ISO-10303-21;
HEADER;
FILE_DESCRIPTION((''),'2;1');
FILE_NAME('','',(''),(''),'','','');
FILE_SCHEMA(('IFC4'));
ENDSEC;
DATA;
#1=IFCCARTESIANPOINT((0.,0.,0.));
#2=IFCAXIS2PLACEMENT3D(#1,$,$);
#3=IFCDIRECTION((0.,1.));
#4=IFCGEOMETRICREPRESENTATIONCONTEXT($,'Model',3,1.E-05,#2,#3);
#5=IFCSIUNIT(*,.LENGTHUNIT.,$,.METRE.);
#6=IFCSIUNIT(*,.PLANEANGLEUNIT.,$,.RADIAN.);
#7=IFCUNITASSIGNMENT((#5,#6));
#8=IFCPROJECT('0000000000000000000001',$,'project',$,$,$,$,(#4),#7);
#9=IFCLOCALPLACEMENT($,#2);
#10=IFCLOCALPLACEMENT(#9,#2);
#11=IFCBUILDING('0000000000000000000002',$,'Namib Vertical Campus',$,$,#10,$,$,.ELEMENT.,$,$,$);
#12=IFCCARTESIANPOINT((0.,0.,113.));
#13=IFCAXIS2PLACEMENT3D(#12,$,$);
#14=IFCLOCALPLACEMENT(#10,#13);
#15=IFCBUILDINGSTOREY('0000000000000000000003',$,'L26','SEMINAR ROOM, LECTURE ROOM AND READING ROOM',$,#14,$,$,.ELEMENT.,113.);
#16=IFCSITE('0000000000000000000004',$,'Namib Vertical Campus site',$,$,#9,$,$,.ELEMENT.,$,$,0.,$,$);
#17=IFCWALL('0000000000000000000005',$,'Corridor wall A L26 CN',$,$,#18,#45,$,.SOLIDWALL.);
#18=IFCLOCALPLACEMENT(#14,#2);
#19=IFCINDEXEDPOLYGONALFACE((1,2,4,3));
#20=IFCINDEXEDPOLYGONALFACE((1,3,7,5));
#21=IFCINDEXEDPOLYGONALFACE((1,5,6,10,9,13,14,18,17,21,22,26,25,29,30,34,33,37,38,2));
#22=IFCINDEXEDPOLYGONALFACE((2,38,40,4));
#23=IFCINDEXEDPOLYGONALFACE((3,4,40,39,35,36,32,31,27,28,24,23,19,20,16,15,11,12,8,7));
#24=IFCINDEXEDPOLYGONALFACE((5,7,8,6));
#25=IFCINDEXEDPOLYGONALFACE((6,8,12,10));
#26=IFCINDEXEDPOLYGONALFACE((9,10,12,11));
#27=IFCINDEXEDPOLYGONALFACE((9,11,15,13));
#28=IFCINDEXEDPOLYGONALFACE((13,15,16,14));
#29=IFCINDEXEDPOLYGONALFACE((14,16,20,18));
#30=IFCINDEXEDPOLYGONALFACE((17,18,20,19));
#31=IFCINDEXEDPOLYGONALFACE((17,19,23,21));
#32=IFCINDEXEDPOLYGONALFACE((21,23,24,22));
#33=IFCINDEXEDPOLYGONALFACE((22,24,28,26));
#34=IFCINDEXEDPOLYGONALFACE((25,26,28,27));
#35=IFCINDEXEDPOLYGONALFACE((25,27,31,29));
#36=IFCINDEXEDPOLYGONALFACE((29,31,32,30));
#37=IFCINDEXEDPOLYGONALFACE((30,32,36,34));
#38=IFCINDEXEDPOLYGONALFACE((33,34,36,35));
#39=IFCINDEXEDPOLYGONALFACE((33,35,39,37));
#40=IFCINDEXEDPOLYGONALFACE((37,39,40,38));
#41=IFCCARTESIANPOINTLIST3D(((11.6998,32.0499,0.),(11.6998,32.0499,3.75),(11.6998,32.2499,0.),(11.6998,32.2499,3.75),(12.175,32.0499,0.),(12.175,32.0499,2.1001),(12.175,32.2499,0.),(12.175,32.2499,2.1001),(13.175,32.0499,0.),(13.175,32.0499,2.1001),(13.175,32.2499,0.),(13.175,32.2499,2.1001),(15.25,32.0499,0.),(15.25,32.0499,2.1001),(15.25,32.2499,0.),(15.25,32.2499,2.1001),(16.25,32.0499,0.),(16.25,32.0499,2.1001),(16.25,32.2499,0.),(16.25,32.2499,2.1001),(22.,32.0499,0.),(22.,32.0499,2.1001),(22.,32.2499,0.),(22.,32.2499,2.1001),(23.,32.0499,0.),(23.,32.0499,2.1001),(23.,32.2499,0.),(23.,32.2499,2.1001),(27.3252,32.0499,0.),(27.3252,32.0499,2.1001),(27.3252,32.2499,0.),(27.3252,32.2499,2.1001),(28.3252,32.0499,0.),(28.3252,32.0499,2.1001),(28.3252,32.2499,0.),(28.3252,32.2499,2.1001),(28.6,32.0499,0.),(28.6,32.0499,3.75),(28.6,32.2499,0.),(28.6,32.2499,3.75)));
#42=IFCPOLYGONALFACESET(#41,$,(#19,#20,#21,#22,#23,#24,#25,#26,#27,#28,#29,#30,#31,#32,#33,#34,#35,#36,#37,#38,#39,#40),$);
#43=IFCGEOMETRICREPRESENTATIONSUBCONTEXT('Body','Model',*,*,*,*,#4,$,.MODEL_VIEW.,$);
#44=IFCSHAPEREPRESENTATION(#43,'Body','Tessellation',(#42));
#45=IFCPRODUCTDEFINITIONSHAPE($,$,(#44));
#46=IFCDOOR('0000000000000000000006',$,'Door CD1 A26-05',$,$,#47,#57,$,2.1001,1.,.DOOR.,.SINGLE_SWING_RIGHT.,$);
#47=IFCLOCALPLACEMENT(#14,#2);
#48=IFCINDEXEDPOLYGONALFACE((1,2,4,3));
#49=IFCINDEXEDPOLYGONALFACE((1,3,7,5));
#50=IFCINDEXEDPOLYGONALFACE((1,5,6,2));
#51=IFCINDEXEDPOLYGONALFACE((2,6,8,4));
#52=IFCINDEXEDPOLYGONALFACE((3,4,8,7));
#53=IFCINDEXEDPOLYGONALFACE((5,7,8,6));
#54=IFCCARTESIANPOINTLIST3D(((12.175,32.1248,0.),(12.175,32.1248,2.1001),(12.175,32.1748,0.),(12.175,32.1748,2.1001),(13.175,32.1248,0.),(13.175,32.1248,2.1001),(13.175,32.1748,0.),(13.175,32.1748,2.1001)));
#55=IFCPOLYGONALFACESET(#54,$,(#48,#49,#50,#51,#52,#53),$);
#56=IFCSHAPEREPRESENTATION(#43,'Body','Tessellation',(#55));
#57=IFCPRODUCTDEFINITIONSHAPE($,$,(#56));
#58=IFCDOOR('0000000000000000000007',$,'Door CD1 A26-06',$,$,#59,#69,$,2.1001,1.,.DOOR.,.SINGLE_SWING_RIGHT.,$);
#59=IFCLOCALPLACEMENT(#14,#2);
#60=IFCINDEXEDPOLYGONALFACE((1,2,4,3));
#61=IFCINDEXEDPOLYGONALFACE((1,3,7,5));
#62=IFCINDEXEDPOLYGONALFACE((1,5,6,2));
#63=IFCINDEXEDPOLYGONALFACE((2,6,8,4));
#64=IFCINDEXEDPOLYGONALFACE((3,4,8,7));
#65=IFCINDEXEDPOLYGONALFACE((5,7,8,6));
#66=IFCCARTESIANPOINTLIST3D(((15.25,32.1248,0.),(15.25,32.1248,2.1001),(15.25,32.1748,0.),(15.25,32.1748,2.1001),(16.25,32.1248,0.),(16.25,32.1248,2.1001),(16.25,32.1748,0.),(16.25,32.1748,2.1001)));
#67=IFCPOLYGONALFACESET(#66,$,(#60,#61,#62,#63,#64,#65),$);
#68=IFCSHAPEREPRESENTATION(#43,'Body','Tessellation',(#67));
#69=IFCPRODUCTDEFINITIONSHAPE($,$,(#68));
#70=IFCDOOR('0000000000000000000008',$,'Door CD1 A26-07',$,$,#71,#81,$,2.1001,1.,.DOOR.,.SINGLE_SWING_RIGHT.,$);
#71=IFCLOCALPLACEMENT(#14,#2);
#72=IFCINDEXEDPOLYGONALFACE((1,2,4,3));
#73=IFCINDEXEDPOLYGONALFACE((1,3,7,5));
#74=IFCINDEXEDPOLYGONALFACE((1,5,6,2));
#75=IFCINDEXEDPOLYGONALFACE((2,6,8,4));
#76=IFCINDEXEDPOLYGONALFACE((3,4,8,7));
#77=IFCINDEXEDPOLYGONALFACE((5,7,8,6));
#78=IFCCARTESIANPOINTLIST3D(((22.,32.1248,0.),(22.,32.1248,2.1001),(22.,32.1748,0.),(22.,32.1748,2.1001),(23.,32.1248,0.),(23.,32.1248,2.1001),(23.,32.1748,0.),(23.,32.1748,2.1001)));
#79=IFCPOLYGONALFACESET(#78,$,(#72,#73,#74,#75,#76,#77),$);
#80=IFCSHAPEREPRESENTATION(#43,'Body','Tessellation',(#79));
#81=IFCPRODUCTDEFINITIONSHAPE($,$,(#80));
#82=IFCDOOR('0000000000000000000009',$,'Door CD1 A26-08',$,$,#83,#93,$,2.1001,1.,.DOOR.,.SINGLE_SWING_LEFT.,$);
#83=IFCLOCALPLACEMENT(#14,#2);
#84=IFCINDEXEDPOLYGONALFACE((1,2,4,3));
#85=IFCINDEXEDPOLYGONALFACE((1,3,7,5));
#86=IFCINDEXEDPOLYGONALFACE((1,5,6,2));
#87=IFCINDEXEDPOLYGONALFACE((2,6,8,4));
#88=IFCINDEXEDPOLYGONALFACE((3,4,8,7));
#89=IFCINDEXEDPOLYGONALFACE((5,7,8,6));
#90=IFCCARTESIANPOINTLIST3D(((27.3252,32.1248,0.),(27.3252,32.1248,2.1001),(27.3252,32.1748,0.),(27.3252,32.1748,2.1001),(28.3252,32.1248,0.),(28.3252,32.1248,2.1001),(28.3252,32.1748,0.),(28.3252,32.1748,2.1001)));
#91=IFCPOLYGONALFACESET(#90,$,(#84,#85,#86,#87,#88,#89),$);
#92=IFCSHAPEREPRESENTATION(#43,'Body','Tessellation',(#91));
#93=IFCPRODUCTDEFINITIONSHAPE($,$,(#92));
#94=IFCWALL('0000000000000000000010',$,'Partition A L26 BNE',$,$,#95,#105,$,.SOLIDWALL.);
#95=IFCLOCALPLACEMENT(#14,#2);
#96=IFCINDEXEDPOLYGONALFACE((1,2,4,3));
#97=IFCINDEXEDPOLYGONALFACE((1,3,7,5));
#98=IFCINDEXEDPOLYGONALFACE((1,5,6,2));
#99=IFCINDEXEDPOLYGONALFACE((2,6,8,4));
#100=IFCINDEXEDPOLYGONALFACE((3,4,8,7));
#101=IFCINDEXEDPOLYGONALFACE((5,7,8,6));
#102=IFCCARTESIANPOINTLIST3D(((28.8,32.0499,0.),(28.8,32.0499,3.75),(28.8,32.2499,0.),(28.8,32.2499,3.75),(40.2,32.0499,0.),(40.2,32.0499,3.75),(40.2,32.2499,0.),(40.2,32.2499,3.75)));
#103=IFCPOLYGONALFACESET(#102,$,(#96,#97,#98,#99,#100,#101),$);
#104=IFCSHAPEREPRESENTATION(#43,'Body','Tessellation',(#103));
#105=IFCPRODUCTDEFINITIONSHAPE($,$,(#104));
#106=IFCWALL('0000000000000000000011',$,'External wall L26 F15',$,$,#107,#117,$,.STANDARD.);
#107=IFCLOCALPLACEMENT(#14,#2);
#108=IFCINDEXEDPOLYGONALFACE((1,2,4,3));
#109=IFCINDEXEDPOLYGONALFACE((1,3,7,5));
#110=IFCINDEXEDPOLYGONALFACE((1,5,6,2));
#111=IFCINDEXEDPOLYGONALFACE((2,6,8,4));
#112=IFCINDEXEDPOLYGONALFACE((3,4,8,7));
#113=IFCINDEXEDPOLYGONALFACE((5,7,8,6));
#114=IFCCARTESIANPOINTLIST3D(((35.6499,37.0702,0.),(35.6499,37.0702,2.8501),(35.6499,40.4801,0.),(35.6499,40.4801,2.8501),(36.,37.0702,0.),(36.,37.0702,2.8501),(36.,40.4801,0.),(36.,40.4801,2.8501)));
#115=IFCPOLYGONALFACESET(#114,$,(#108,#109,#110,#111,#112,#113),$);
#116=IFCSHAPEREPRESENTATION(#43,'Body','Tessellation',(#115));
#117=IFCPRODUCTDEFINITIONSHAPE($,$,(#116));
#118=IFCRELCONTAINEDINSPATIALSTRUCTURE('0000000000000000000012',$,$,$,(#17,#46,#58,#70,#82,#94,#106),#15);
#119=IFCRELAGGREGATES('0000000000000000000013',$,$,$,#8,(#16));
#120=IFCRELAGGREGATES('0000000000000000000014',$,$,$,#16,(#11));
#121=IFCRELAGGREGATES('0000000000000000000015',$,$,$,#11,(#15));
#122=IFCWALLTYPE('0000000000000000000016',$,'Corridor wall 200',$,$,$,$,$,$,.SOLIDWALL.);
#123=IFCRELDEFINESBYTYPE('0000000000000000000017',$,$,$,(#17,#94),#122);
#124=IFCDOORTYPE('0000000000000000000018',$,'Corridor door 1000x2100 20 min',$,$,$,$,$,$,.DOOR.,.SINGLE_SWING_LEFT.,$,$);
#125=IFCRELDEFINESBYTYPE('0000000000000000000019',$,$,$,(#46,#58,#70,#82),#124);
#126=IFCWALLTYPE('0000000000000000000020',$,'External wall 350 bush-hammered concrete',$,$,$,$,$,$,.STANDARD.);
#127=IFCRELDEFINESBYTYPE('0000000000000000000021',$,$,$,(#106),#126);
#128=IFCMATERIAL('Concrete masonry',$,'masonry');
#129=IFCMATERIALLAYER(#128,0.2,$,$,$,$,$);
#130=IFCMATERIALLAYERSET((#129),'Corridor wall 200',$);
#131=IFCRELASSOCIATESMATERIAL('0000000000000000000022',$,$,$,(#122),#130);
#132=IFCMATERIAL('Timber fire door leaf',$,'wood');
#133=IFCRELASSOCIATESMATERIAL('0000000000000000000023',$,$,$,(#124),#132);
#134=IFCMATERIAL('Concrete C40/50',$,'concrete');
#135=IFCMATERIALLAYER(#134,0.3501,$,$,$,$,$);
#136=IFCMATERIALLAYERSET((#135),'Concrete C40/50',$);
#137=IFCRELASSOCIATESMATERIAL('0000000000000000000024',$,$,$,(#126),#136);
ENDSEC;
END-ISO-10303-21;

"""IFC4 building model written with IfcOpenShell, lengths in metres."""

from ifc_helpers import new_model, si_unit, direction, frame, frame_2d, origin, place, context, subcontext, project, spatial, rectangle, extrude, material, layer, layer_set, type_object, element, fill, save


model = new_model("IFC4")

# Units and contexts
model_context = context("Model", 3, precision=1e-05, world=origin(), true_north=direction((0.0, 1.0)))
body_context = subcontext(model_context, "Body", "Model", "MODEL_VIEW")
ifc_project = project(units=[si_unit("LENGTHUNIT", "METRE"), si_unit("PLANEANGLEUNIT", "RADIAN")], contexts=[model_context])

# Site, building, storey
site_placement = place(None, origin())
site = spatial("IfcSite", under=ifc_project, at=site_placement, Name="Namib Vertical Campus site", CompositionType="ELEMENT", RefElevation=0.0)
building_placement = place(site_placement, origin())
building = spatial("IfcBuilding", under=site, at=building_placement, Name="Namib Vertical Campus", CompositionType="ELEMENT")
storey_placement = place(building_placement, frame((0.0, 0.0, 113.0)))
storey = spatial("IfcBuildingStorey", under=building, at=storey_placement, Name="L26", Description="SEMINAR ROOM, LECTURE ROOM AND READING ROOM", CompositionType="ELEMENT", Elevation=113.0)

# Wall, openings, doors
ifc_material_1 = material(Name="Concrete masonry", Category="masonry")
ifc_layer_1 = layer(ifc_material_1, 0.2)
ifc_layer_set_1 = layer_set([ifc_layer_1], Name="Corridor wall 200")
wall_type_1 = type_object("IfcWallType", Name="Corridor wall 200", PredefinedType="SOLIDWALL", material=ifc_layer_set_1)
wall_1_placement = place(storey_placement, frame((28.6001, 32.1499, 0.0), z_axis=(0.0, 0.0, 1.0), x_axis=(-1.0, 0.0, 0.0)))
wall_1 = element("IfcWall", 1, at=wall_1_placement, inside=storey, type_object=wall_type_1, Name="Corridor wall A L26 CN", PredefinedType="SOLIDWALL", context=body_context, shape_type="SweptSolid", body=[
    extrude(rectangle(XDim=16.9001, YDim=0.2, at=frame_2d((8.4502, 0.0))), origin(), (0.0, 0.0, 1.0), 3.75),
])
opening_1_placement = place(wall_1_placement, frame((15.425, 0.0, 0.0)))
opening_1 = element("IfcOpeningElement", 2, at=opening_1_placement, cuts=wall_1, PredefinedType="OPENING", context=body_context, shape_type="SweptSolid", body=[
    extrude(rectangle(XDim=1.0, YDim=2.1001, at=frame_2d((0.5, 1.05))), frame((0.0, 0.1099, 0.0), z_axis=(0.0, -1.0, 0.0), x_axis=(1.0, 0.0, 0.0)), (0.0, 0.0, 1.0), 0.22),
])
opening_2_placement = place(wall_1_placement, frame((12.3501, 0.0, 0.0)))
opening_2 = element("IfcOpeningElement", 3, at=opening_2_placement, cuts=wall_1, PredefinedType="OPENING", context=body_context, shape_type="SweptSolid", body=[
    extrude(rectangle(XDim=1.0, YDim=2.1001, at=frame_2d((0.5, 1.05))), frame((0.0, 0.1099, 0.0), z_axis=(0.0, -1.0, 0.0), x_axis=(1.0, 0.0, 0.0)), (0.0, 0.0, 1.0), 0.22),
])
opening_3_placement = place(wall_1_placement, frame((5.6001, 0.0, 0.0)))
opening_3 = element("IfcOpeningElement", 4, at=opening_3_placement, cuts=wall_1, PredefinedType="OPENING", context=body_context, shape_type="SweptSolid", body=[
    extrude(rectangle(XDim=1.0, YDim=2.1001, at=frame_2d((0.5, 1.05))), frame((0.0, 0.1099, 0.0), z_axis=(0.0, -1.0, 0.0), x_axis=(1.0, 0.0, 0.0)), (0.0, 0.0, 1.0), 0.22),
])
opening_4_placement = place(wall_1_placement, frame((0.2749, 0.0, 0.0)))
opening_4 = element("IfcOpeningElement", 5, at=opening_4_placement, cuts=wall_1, PredefinedType="OPENING", context=body_context, shape_type="SweptSolid", body=[
    extrude(rectangle(XDim=1.0, YDim=2.1001, at=frame_2d((0.5, 1.05))), frame((0.0, 0.1099, 0.0), z_axis=(0.0, -1.0, 0.0), x_axis=(1.0, 0.0, 0.0)), (0.0, 0.0, 1.0), 0.22),
])
ifc_material_2 = material(Name="Timber fire door leaf", Category="wood")
door_type = type_object("IfcDoorType", Name="Corridor door 1000x2100 20 min", OperationType="SINGLE_SWING_LEFT", PredefinedType="DOOR", material=ifc_material_2)
door_1_placement = place(opening_1_placement, frame((1.0, 0.0, 0.0), z_axis=(0.0, 0.0, 1.0), x_axis=(-1.0, 0.0, 0.0)))
door_1 = element("IfcDoor", 6, at=door_1_placement, inside=storey, type_object=door_type, Name="Door CD1 A26-05", OperationType="SINGLE_SWING_RIGHT", OverallHeight=2.1001, OverallWidth=1.0, PredefinedType="DOOR", context=body_context, shape_type="SweptSolid", body=[
    extrude(rectangle(XDim=1.0, YDim=2.1001, at=frame_2d((0.5, 1.05))), frame((0.0, 0.0249, 0.0), z_axis=(0.0, -1.0, 0.0), x_axis=(1.0, 0.0, 0.0)), (0.0, 0.0, 1.0), 0.05),
])
fill(opening_1, door_1)
door_2_placement = place(opening_2_placement, frame((1.0, 0.0, 0.0), z_axis=(0.0, 0.0, 1.0), x_axis=(-1.0, 0.0, 0.0)))
door_2 = element("IfcDoor", 7, at=door_2_placement, inside=storey, type_object=door_type, Name="Door CD1 A26-06", OperationType="SINGLE_SWING_RIGHT", OverallHeight=2.1001, OverallWidth=1.0, PredefinedType="DOOR", context=body_context, shape_type="SweptSolid", body=[
    extrude(rectangle(XDim=1.0, YDim=2.1001, at=frame_2d((0.5, 1.05))), frame((0.0, 0.0249, 0.0), z_axis=(0.0, -1.0, 0.0), x_axis=(1.0, 0.0, 0.0)), (0.0, 0.0, 1.0), 0.05),
])
fill(opening_2, door_2)
door_3_placement = place(opening_3_placement, frame((1.0, 0.0, 0.0), z_axis=(0.0, 0.0, 1.0), x_axis=(-1.0, 0.0, 0.0)))
door_3 = element("IfcDoor", 8, at=door_3_placement, inside=storey, type_object=door_type, Name="Door CD1 A26-07", OperationType="SINGLE_SWING_RIGHT", OverallHeight=2.1001, OverallWidth=1.0, PredefinedType="DOOR", context=body_context, shape_type="SweptSolid", body=[
    extrude(rectangle(XDim=1.0, YDim=2.1001, at=frame_2d((0.5, 1.05))), frame((0.0, 0.0249, 0.0), z_axis=(0.0, -1.0, 0.0), x_axis=(1.0, 0.0, 0.0)), (0.0, 0.0, 1.0), 0.05),
])
fill(opening_3, door_3)
door_4_placement = place(opening_4_placement, frame((1.0, 0.0, 0.0), z_axis=(0.0, 0.0, 1.0), x_axis=(-1.0, 0.0, 0.0)))
door_4 = element("IfcDoor", 9, at=door_4_placement, inside=storey, type_object=door_type, Name="Door CD1 A26-08", OperationType="SINGLE_SWING_LEFT", OverallHeight=2.1001, OverallWidth=1.0, PredefinedType="DOOR", context=body_context, shape_type="SweptSolid", body=[
    extrude(rectangle(XDim=1.0, YDim=2.1001, at=frame_2d((0.5, 1.05))), frame((0.0, 0.0249, 0.0), z_axis=(0.0, -1.0, 0.0), x_axis=(1.0, 0.0, 0.0)), (0.0, 0.0, 1.0), 0.05),
])
fill(opening_4, door_4)

# Walls
wall_2_placement = place(storey_placement, frame((28.8, 32.1499, 0.0), z_axis=(0.0, 0.0, 1.0), x_axis=(1.0, 0.0, 0.0)))
element("IfcWall", 10, at=wall_2_placement, inside=storey, type_object=wall_type_1, Name="Partition A L26 BNE", PredefinedType="SOLIDWALL", context=body_context, shape_type="SweptSolid", body=[
    extrude(rectangle(XDim=11.3999, YDim=0.2, at=frame_2d((5.7, 0.0))), origin(), (0.0, 0.0, 1.0), 3.75),
])
ifc_material_3 = material(Name="Concrete C40/50", Category="concrete")
ifc_layer_2 = layer(ifc_material_3, 0.3501)
ifc_layer_set_2 = layer_set([ifc_layer_2], Name="Concrete C40/50")
wall_type_2 = type_object("IfcWallType", Name="External wall 350 bush-hammered concrete", PredefinedType="STANDARD", material=ifc_layer_set_2)
wall_3_placement = place(storey_placement, frame((35.825, 37.0701, 0.0), z_axis=(0.0, 0.0, 1.0), x_axis=(0.0, 1.0, 0.0)))
element("IfcWall", 11, at=wall_3_placement, inside=storey, type_object=wall_type_2, Name="External wall L26 F15", PredefinedType="STANDARD", context=body_context, shape_type="SweptSolid", body=[
    extrude(rectangle(XDim=3.4099, YDim=0.3501, at=frame_2d((1.7051, 0.0))), origin(), (0.0, 0.0, 1.0), 2.8501),
])

save(model, "model.ifc")
